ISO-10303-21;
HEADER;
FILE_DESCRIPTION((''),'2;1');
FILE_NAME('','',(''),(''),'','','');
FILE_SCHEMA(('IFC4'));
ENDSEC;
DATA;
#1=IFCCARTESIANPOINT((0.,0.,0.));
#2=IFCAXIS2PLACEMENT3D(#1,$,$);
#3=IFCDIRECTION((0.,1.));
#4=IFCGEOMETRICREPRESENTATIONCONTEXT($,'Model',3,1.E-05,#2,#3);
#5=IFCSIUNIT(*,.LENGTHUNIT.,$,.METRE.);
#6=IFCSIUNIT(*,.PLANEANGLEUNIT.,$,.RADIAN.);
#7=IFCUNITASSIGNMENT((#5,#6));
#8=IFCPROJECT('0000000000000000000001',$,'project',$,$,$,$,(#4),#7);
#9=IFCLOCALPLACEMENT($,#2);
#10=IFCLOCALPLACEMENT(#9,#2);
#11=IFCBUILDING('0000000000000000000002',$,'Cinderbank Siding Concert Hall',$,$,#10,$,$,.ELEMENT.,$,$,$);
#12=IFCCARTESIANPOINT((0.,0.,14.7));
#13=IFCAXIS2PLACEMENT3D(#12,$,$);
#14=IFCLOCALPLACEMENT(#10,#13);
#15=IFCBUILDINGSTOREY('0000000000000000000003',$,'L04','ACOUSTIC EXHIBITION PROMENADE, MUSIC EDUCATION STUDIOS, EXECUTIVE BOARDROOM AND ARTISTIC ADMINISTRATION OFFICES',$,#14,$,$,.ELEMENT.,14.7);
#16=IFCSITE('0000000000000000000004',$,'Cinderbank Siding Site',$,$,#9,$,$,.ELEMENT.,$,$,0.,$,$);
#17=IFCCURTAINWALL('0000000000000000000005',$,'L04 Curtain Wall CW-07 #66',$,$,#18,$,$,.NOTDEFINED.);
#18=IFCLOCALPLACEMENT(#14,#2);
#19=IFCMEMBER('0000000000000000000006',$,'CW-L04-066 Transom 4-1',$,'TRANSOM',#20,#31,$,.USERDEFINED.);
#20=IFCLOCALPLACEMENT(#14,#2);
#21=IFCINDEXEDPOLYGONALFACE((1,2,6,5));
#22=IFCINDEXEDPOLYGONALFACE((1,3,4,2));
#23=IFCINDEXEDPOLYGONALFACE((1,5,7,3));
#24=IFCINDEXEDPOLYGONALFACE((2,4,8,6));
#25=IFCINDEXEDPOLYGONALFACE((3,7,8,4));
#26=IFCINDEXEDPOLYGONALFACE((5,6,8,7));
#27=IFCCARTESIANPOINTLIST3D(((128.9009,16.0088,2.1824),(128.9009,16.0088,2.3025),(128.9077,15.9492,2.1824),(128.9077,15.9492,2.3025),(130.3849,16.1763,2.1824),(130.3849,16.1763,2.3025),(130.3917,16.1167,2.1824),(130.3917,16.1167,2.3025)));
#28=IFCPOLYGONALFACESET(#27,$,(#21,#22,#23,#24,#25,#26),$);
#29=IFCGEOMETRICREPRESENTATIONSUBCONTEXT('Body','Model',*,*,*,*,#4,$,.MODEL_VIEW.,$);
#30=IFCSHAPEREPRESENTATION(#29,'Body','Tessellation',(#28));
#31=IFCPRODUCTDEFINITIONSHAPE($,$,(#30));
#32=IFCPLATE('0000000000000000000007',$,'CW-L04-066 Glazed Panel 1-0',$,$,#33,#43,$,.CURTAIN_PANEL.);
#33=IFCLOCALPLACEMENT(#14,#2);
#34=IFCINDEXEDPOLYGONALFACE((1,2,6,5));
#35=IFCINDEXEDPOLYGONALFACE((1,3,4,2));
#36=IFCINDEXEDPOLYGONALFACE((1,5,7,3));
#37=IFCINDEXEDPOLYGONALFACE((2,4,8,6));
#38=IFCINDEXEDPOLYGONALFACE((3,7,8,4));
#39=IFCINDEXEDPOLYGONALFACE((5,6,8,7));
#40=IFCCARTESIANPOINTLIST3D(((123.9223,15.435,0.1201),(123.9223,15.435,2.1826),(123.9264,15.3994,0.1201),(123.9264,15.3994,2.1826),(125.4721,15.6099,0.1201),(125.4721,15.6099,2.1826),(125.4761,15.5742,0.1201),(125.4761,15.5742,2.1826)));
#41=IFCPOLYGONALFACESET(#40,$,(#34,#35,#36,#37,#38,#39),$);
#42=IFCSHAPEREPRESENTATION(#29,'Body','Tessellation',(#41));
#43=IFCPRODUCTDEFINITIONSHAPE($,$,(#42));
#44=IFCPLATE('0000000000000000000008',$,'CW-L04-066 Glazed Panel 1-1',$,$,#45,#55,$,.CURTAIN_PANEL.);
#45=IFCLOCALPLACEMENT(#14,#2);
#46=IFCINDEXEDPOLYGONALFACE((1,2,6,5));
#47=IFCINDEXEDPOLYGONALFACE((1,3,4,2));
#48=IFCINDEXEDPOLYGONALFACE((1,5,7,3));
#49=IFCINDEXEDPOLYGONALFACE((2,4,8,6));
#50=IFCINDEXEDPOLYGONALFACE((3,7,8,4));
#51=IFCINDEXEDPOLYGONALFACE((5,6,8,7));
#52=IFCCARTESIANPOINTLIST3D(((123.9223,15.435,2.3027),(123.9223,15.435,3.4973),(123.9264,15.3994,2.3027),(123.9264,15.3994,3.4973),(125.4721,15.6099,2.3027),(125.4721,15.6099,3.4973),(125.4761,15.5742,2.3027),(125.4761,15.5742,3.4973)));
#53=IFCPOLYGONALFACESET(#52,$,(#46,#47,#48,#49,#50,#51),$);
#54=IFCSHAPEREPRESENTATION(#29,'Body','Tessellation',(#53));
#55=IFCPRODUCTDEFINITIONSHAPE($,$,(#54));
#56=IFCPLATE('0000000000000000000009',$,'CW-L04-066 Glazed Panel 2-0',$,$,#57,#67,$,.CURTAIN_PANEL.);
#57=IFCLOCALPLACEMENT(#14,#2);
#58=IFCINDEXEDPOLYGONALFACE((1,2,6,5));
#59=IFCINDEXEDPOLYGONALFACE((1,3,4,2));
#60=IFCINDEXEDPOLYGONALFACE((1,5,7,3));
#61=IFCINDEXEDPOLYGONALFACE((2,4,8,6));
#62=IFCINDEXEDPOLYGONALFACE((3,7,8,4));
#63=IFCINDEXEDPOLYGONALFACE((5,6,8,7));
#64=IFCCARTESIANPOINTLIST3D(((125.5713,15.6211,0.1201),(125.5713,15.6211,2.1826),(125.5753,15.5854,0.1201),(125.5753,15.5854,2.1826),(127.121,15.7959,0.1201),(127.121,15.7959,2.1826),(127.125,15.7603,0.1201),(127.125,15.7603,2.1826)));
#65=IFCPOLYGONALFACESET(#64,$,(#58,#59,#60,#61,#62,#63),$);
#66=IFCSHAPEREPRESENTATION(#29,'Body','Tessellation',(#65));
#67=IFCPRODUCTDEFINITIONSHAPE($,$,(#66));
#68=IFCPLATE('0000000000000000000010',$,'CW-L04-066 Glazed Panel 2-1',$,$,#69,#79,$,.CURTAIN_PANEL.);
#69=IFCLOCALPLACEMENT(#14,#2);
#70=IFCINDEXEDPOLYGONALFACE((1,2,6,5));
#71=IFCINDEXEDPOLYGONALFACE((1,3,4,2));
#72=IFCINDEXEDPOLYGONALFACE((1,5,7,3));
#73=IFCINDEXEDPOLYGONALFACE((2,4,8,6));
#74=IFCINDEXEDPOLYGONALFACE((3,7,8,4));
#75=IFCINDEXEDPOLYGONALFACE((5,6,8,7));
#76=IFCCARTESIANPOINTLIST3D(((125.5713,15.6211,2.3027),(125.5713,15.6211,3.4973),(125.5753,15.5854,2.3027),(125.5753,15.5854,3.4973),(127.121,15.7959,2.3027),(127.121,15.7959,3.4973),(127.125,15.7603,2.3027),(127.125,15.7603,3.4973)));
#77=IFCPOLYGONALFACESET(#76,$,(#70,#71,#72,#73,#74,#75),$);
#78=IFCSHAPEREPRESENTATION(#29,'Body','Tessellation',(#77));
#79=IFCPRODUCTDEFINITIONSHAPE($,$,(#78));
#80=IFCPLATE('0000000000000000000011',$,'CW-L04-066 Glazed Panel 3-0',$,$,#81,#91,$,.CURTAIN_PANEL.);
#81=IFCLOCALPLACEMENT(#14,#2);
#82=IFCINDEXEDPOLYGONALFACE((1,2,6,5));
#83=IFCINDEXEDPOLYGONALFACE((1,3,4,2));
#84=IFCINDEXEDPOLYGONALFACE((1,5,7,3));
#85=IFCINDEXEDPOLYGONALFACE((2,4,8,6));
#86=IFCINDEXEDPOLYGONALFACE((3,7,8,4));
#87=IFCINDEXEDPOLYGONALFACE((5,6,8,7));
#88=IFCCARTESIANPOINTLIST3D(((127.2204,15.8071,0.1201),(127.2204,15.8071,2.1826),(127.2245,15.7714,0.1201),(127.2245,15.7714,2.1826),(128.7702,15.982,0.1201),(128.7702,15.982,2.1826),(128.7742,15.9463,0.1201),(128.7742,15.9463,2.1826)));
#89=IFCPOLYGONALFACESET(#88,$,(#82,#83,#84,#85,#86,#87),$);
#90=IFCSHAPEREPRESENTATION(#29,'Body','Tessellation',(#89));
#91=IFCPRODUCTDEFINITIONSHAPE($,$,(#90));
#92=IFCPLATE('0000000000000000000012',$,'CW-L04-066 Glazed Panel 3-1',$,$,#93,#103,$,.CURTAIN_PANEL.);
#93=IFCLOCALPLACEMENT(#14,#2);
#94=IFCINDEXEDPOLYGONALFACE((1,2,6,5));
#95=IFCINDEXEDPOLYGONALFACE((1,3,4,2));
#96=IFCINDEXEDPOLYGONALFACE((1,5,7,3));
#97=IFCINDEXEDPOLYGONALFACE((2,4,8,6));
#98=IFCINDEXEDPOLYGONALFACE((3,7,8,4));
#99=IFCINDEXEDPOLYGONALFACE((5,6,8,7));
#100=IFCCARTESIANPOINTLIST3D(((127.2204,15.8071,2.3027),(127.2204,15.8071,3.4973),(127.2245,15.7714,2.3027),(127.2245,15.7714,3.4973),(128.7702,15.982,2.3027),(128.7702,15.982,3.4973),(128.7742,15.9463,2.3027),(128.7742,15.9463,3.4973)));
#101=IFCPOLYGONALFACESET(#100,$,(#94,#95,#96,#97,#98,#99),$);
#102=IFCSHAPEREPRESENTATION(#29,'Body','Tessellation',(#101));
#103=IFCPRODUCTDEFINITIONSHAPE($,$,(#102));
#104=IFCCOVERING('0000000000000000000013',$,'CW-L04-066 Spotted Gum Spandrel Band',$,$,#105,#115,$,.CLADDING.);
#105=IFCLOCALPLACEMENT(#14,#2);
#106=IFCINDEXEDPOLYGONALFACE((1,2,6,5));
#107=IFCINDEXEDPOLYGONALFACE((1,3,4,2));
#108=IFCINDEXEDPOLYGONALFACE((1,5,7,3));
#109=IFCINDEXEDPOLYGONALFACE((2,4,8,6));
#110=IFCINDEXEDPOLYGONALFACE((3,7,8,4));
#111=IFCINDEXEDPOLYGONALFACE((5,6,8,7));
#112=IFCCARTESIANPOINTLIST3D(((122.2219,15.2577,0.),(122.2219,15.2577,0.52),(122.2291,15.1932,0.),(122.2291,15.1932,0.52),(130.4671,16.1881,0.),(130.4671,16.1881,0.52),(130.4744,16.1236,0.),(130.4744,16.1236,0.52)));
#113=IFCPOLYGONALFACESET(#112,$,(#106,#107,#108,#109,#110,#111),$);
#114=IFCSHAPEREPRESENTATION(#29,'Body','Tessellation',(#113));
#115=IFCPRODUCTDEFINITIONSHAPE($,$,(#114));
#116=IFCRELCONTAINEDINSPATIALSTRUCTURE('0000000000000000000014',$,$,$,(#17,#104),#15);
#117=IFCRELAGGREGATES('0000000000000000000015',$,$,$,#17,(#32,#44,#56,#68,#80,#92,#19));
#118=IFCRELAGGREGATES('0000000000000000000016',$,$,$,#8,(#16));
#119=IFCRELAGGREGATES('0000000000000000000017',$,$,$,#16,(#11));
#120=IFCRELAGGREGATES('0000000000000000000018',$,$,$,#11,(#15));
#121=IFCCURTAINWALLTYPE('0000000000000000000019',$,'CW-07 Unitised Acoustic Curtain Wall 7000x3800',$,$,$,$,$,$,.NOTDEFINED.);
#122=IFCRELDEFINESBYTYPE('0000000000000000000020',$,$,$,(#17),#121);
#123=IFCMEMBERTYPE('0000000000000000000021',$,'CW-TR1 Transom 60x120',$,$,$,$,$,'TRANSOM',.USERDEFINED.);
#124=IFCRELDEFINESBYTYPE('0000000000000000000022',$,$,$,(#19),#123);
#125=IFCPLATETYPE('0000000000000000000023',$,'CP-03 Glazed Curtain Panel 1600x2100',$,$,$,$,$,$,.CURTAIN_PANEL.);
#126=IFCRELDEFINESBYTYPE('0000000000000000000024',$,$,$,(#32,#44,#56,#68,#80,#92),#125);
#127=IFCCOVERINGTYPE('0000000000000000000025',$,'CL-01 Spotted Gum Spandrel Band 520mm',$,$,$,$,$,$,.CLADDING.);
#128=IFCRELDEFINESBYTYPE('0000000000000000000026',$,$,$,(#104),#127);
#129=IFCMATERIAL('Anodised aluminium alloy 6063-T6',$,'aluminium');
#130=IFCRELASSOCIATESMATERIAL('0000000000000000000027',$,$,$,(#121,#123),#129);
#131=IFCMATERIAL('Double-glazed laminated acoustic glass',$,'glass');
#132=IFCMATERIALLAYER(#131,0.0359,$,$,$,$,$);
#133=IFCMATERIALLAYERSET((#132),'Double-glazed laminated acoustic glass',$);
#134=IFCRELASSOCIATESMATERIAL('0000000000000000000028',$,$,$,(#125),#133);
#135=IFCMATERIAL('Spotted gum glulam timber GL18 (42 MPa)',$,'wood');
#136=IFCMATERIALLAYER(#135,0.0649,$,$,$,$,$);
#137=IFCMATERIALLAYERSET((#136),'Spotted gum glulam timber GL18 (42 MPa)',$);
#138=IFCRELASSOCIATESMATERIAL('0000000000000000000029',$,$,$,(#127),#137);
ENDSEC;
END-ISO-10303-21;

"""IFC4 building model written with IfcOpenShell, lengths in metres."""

from ifc_helpers import new_model, si_unit, direction, frame, origin, origin_2d, place, context, subcontext, project, spatial, rectangle, extrude, material, layer, layer_set, material_profile, profile_set, type_object, element, aggregate, save


model = new_model("IFC4")

# Units and contexts
model_context = context("Model", 3, precision=1e-05, world=origin(), true_north=direction((0.0, 1.0)))
body_context = subcontext(model_context, "Body", "Model", "MODEL_VIEW")
ifc_project = project(units=[si_unit("LENGTHUNIT", "METRE"), si_unit("PLANEANGLEUNIT", "RADIAN")], contexts=[model_context])

# Site, building, storey
site_placement = place(None, origin())
site = spatial("IfcSite", under=ifc_project, at=site_placement, Name="Cinderbank Siding Site", CompositionType="ELEMENT", RefElevation=0.0)
building_placement = place(site_placement, origin())
building = spatial("IfcBuilding", under=site, at=building_placement, Name="Cinderbank Siding Concert Hall", CompositionType="ELEMENT")
storey_placement = place(building_placement, frame((0.0, 0.0, 14.7)))
storey = spatial("IfcBuildingStorey", under=building, at=storey_placement, Name="L04", Description="ACOUSTIC EXHIBITION PROMENADE, MUSIC EDUCATION STUDIOS, EXECUTIVE BOARDROOM AND ARTISTIC ADMINISTRATION OFFICES", CompositionType="ELEMENT", Elevation=14.7)

# Curtain wall, member, plates
ifc_material_1 = material(Name="Anodised aluminium alloy 6063-T6", Category="aluminium")
curtain_wall_type = type_object("IfcCurtainWallType", Name="CW-07 Unitised Acoustic Curtain Wall 7000x3800", PredefinedType="NOTDEFINED", material=ifc_material_1)
curtain_wall_placement = place(storey_placement, origin())
curtain_wall = element("IfcCurtainWall", 1, at=curtain_wall_placement, inside=storey, type_object=curtain_wall_type, Name="L04 Curtain Wall CW-07 #66", PredefinedType="NOTDEFINED")
ifc_material_profile_1 = material_profile(ifc_material_1, rectangle(XDim=0.0601, YDim=0.1201, at=origin_2d()), Name="ALU-TRAN-60x120", Category="LoadBearing")
ifc_profile_set_1 = profile_set([ifc_material_profile_1], Name="Anodised aluminium alloy 6063-T6")
member_type_1 = type_object("IfcMemberType", Name="CW-TR1 Transom 60x120", ElementType="TRANSOM", PredefinedType="USERDEFINED", material=ifc_profile_set_1)
member_1_placement = place(storey_placement, frame((128.9043, 15.979, 2.2424), z_axis=(0.993691, 0.112154, 0.0), x_axis=(-0.112154, 0.993691, 0.0)))
member_1 = element("IfcMember", 2, at=member_1_placement, type_object=member_type_1, Name="CW-L04-066 Transom 4-1", ObjectType="TRANSOM", PredefinedType="USERDEFINED", context=body_context, shape_type="SweptSolid", body=[
    extrude(rectangle(XDim=0.0601, YDim=0.1201, at=origin_2d()), origin(), (0.0, 0.0, 1.0), 1.4934),
])
ifc_material_2 = material(Name="Double-glazed laminated acoustic glass", Category="glass")
ifc_layer_1 = layer(ifc_material_2, 0.0359)
ifc_layer_set_1 = layer_set([ifc_layer_1], Name="Double-glazed laminated acoustic glass")
plate_type = type_object("IfcPlateType", Name="CP-03 Glazed Curtain Panel 1600x2100", PredefinedType="CURTAIN_PANEL", material=ifc_layer_set_1)
plate_1_placement = place(storey_placement, frame((124.6992, 15.5046, 0.1201), z_axis=(0.0, 0.0, 1.0), x_axis=(0.993694, 0.112129, 0.0)))
plate_1 = element("IfcPlate", 3, at=plate_1_placement, type_object=plate_type, Name="CW-L04-066 Glazed Panel 1-0", PredefinedType="CURTAIN_PANEL", context=body_context, shape_type="SweptSolid", body=[
    extrude(rectangle(XDim=1.5596, YDim=0.0359, at=origin_2d()), origin(), (0.0, 0.0, 1.0), 2.0625),
])
plate_2_placement = place(storey_placement, frame((124.6992, 15.5046, 2.3027), z_axis=(0.0, 0.0, 1.0), x_axis=(0.993694, 0.112129, 0.0)))
plate_2 = element("IfcPlate", 4, at=plate_2_placement, type_object=plate_type, Name="CW-L04-066 Glazed Panel 1-1", PredefinedType="CURTAIN_PANEL", context=body_context, shape_type="SweptSolid", body=[
    extrude(rectangle(XDim=1.5596, YDim=0.0359, at=origin_2d()), origin(), (0.0, 0.0, 1.0), 1.1946),
])
plate_3_placement = place(storey_placement, frame((126.3481, 15.6907, 0.1201), z_axis=(0.0, 0.0, 1.0), x_axis=(0.993694, 0.112129, 0.0)))
plate_3 = element("IfcPlate", 5, at=plate_3_placement, type_object=plate_type, Name="CW-L04-066 Glazed Panel 2-0", PredefinedType="CURTAIN_PANEL", context=body_context, shape_type="SweptSolid", body=[
    extrude(rectangle(XDim=1.5596, YDim=0.0359, at=origin_2d()), origin(), (0.0, 0.0, 1.0), 2.0625),
])
plate_4_placement = place(storey_placement, frame((126.3481, 15.6907, 2.3027), z_axis=(0.0, 0.0, 1.0), x_axis=(0.993694, 0.112129, 0.0)))
plate_4 = element("IfcPlate", 6, at=plate_4_placement, type_object=plate_type, Name="CW-L04-066 Glazed Panel 2-1", PredefinedType="CURTAIN_PANEL", context=body_context, shape_type="SweptSolid", body=[
    extrude(rectangle(XDim=1.5596, YDim=0.0359, at=origin_2d()), origin(), (0.0, 0.0, 1.0), 1.1946),
])
plate_5_placement = place(storey_placement, frame((127.9973, 15.8767, 0.1201), z_axis=(0.0, 0.0, 1.0), x_axis=(0.993694, 0.112129, 0.0)))
plate_5 = element("IfcPlate", 7, at=plate_5_placement, type_object=plate_type, Name="CW-L04-066 Glazed Panel 3-0", PredefinedType="CURTAIN_PANEL", context=body_context, shape_type="SweptSolid", body=[
    extrude(rectangle(XDim=1.5596, YDim=0.0359, at=origin_2d()), origin(), (0.0, 0.0, 1.0), 2.0625),
])
plate_6_placement = place(storey_placement, frame((127.9973, 15.8767, 2.3027), z_axis=(0.0, 0.0, 1.0), x_axis=(0.993694, 0.112129, 0.0)))
plate_6 = element("IfcPlate", 8, at=plate_6_placement, type_object=plate_type, Name="CW-L04-066 Glazed Panel 3-1", PredefinedType="CURTAIN_PANEL", context=body_context, shape_type="SweptSolid", body=[
    extrude(rectangle(XDim=1.5596, YDim=0.0359, at=origin_2d()), origin(), (0.0, 0.0, 1.0), 1.1946),
])
aggregate(curtain_wall, [plate_1, plate_2, plate_3, plate_4, plate_5, plate_6, member_1])

# Covering
ifc_material_3 = material(Name="Spotted gum glulam timber GL18 (42 MPa)", Category="wood")
ifc_layer_2 = layer(ifc_material_3, 0.0649)
ifc_layer_set_2 = layer_set([ifc_layer_2], Name="Spotted gum glulam timber GL18 (42 MPa)")
covering_type = type_object("IfcCoveringType", Name="CL-01 Spotted Gum Spandrel Band 520mm", PredefinedType="CLADDING", material=ifc_layer_set_2)
covering_placement = place(storey_placement, frame((126.3481, 15.6907, 0.0), z_axis=(0.0, 0.0, 1.0), x_axis=(0.993694, 0.112129, 0.0)))
element("IfcCovering", 9, at=covering_placement, inside=storey, type_object=covering_type, Name="CW-L04-066 Spotted Gum Spandrel Band", PredefinedType="CLADDING", context=body_context, shape_type="SweptSolid", body=[
    extrude(rectangle(XDim=8.2976, YDim=0.0649, at=origin_2d()), origin(), (0.0, 0.0, 1.0), 0.52),
])

save(model, "model.ifc")
